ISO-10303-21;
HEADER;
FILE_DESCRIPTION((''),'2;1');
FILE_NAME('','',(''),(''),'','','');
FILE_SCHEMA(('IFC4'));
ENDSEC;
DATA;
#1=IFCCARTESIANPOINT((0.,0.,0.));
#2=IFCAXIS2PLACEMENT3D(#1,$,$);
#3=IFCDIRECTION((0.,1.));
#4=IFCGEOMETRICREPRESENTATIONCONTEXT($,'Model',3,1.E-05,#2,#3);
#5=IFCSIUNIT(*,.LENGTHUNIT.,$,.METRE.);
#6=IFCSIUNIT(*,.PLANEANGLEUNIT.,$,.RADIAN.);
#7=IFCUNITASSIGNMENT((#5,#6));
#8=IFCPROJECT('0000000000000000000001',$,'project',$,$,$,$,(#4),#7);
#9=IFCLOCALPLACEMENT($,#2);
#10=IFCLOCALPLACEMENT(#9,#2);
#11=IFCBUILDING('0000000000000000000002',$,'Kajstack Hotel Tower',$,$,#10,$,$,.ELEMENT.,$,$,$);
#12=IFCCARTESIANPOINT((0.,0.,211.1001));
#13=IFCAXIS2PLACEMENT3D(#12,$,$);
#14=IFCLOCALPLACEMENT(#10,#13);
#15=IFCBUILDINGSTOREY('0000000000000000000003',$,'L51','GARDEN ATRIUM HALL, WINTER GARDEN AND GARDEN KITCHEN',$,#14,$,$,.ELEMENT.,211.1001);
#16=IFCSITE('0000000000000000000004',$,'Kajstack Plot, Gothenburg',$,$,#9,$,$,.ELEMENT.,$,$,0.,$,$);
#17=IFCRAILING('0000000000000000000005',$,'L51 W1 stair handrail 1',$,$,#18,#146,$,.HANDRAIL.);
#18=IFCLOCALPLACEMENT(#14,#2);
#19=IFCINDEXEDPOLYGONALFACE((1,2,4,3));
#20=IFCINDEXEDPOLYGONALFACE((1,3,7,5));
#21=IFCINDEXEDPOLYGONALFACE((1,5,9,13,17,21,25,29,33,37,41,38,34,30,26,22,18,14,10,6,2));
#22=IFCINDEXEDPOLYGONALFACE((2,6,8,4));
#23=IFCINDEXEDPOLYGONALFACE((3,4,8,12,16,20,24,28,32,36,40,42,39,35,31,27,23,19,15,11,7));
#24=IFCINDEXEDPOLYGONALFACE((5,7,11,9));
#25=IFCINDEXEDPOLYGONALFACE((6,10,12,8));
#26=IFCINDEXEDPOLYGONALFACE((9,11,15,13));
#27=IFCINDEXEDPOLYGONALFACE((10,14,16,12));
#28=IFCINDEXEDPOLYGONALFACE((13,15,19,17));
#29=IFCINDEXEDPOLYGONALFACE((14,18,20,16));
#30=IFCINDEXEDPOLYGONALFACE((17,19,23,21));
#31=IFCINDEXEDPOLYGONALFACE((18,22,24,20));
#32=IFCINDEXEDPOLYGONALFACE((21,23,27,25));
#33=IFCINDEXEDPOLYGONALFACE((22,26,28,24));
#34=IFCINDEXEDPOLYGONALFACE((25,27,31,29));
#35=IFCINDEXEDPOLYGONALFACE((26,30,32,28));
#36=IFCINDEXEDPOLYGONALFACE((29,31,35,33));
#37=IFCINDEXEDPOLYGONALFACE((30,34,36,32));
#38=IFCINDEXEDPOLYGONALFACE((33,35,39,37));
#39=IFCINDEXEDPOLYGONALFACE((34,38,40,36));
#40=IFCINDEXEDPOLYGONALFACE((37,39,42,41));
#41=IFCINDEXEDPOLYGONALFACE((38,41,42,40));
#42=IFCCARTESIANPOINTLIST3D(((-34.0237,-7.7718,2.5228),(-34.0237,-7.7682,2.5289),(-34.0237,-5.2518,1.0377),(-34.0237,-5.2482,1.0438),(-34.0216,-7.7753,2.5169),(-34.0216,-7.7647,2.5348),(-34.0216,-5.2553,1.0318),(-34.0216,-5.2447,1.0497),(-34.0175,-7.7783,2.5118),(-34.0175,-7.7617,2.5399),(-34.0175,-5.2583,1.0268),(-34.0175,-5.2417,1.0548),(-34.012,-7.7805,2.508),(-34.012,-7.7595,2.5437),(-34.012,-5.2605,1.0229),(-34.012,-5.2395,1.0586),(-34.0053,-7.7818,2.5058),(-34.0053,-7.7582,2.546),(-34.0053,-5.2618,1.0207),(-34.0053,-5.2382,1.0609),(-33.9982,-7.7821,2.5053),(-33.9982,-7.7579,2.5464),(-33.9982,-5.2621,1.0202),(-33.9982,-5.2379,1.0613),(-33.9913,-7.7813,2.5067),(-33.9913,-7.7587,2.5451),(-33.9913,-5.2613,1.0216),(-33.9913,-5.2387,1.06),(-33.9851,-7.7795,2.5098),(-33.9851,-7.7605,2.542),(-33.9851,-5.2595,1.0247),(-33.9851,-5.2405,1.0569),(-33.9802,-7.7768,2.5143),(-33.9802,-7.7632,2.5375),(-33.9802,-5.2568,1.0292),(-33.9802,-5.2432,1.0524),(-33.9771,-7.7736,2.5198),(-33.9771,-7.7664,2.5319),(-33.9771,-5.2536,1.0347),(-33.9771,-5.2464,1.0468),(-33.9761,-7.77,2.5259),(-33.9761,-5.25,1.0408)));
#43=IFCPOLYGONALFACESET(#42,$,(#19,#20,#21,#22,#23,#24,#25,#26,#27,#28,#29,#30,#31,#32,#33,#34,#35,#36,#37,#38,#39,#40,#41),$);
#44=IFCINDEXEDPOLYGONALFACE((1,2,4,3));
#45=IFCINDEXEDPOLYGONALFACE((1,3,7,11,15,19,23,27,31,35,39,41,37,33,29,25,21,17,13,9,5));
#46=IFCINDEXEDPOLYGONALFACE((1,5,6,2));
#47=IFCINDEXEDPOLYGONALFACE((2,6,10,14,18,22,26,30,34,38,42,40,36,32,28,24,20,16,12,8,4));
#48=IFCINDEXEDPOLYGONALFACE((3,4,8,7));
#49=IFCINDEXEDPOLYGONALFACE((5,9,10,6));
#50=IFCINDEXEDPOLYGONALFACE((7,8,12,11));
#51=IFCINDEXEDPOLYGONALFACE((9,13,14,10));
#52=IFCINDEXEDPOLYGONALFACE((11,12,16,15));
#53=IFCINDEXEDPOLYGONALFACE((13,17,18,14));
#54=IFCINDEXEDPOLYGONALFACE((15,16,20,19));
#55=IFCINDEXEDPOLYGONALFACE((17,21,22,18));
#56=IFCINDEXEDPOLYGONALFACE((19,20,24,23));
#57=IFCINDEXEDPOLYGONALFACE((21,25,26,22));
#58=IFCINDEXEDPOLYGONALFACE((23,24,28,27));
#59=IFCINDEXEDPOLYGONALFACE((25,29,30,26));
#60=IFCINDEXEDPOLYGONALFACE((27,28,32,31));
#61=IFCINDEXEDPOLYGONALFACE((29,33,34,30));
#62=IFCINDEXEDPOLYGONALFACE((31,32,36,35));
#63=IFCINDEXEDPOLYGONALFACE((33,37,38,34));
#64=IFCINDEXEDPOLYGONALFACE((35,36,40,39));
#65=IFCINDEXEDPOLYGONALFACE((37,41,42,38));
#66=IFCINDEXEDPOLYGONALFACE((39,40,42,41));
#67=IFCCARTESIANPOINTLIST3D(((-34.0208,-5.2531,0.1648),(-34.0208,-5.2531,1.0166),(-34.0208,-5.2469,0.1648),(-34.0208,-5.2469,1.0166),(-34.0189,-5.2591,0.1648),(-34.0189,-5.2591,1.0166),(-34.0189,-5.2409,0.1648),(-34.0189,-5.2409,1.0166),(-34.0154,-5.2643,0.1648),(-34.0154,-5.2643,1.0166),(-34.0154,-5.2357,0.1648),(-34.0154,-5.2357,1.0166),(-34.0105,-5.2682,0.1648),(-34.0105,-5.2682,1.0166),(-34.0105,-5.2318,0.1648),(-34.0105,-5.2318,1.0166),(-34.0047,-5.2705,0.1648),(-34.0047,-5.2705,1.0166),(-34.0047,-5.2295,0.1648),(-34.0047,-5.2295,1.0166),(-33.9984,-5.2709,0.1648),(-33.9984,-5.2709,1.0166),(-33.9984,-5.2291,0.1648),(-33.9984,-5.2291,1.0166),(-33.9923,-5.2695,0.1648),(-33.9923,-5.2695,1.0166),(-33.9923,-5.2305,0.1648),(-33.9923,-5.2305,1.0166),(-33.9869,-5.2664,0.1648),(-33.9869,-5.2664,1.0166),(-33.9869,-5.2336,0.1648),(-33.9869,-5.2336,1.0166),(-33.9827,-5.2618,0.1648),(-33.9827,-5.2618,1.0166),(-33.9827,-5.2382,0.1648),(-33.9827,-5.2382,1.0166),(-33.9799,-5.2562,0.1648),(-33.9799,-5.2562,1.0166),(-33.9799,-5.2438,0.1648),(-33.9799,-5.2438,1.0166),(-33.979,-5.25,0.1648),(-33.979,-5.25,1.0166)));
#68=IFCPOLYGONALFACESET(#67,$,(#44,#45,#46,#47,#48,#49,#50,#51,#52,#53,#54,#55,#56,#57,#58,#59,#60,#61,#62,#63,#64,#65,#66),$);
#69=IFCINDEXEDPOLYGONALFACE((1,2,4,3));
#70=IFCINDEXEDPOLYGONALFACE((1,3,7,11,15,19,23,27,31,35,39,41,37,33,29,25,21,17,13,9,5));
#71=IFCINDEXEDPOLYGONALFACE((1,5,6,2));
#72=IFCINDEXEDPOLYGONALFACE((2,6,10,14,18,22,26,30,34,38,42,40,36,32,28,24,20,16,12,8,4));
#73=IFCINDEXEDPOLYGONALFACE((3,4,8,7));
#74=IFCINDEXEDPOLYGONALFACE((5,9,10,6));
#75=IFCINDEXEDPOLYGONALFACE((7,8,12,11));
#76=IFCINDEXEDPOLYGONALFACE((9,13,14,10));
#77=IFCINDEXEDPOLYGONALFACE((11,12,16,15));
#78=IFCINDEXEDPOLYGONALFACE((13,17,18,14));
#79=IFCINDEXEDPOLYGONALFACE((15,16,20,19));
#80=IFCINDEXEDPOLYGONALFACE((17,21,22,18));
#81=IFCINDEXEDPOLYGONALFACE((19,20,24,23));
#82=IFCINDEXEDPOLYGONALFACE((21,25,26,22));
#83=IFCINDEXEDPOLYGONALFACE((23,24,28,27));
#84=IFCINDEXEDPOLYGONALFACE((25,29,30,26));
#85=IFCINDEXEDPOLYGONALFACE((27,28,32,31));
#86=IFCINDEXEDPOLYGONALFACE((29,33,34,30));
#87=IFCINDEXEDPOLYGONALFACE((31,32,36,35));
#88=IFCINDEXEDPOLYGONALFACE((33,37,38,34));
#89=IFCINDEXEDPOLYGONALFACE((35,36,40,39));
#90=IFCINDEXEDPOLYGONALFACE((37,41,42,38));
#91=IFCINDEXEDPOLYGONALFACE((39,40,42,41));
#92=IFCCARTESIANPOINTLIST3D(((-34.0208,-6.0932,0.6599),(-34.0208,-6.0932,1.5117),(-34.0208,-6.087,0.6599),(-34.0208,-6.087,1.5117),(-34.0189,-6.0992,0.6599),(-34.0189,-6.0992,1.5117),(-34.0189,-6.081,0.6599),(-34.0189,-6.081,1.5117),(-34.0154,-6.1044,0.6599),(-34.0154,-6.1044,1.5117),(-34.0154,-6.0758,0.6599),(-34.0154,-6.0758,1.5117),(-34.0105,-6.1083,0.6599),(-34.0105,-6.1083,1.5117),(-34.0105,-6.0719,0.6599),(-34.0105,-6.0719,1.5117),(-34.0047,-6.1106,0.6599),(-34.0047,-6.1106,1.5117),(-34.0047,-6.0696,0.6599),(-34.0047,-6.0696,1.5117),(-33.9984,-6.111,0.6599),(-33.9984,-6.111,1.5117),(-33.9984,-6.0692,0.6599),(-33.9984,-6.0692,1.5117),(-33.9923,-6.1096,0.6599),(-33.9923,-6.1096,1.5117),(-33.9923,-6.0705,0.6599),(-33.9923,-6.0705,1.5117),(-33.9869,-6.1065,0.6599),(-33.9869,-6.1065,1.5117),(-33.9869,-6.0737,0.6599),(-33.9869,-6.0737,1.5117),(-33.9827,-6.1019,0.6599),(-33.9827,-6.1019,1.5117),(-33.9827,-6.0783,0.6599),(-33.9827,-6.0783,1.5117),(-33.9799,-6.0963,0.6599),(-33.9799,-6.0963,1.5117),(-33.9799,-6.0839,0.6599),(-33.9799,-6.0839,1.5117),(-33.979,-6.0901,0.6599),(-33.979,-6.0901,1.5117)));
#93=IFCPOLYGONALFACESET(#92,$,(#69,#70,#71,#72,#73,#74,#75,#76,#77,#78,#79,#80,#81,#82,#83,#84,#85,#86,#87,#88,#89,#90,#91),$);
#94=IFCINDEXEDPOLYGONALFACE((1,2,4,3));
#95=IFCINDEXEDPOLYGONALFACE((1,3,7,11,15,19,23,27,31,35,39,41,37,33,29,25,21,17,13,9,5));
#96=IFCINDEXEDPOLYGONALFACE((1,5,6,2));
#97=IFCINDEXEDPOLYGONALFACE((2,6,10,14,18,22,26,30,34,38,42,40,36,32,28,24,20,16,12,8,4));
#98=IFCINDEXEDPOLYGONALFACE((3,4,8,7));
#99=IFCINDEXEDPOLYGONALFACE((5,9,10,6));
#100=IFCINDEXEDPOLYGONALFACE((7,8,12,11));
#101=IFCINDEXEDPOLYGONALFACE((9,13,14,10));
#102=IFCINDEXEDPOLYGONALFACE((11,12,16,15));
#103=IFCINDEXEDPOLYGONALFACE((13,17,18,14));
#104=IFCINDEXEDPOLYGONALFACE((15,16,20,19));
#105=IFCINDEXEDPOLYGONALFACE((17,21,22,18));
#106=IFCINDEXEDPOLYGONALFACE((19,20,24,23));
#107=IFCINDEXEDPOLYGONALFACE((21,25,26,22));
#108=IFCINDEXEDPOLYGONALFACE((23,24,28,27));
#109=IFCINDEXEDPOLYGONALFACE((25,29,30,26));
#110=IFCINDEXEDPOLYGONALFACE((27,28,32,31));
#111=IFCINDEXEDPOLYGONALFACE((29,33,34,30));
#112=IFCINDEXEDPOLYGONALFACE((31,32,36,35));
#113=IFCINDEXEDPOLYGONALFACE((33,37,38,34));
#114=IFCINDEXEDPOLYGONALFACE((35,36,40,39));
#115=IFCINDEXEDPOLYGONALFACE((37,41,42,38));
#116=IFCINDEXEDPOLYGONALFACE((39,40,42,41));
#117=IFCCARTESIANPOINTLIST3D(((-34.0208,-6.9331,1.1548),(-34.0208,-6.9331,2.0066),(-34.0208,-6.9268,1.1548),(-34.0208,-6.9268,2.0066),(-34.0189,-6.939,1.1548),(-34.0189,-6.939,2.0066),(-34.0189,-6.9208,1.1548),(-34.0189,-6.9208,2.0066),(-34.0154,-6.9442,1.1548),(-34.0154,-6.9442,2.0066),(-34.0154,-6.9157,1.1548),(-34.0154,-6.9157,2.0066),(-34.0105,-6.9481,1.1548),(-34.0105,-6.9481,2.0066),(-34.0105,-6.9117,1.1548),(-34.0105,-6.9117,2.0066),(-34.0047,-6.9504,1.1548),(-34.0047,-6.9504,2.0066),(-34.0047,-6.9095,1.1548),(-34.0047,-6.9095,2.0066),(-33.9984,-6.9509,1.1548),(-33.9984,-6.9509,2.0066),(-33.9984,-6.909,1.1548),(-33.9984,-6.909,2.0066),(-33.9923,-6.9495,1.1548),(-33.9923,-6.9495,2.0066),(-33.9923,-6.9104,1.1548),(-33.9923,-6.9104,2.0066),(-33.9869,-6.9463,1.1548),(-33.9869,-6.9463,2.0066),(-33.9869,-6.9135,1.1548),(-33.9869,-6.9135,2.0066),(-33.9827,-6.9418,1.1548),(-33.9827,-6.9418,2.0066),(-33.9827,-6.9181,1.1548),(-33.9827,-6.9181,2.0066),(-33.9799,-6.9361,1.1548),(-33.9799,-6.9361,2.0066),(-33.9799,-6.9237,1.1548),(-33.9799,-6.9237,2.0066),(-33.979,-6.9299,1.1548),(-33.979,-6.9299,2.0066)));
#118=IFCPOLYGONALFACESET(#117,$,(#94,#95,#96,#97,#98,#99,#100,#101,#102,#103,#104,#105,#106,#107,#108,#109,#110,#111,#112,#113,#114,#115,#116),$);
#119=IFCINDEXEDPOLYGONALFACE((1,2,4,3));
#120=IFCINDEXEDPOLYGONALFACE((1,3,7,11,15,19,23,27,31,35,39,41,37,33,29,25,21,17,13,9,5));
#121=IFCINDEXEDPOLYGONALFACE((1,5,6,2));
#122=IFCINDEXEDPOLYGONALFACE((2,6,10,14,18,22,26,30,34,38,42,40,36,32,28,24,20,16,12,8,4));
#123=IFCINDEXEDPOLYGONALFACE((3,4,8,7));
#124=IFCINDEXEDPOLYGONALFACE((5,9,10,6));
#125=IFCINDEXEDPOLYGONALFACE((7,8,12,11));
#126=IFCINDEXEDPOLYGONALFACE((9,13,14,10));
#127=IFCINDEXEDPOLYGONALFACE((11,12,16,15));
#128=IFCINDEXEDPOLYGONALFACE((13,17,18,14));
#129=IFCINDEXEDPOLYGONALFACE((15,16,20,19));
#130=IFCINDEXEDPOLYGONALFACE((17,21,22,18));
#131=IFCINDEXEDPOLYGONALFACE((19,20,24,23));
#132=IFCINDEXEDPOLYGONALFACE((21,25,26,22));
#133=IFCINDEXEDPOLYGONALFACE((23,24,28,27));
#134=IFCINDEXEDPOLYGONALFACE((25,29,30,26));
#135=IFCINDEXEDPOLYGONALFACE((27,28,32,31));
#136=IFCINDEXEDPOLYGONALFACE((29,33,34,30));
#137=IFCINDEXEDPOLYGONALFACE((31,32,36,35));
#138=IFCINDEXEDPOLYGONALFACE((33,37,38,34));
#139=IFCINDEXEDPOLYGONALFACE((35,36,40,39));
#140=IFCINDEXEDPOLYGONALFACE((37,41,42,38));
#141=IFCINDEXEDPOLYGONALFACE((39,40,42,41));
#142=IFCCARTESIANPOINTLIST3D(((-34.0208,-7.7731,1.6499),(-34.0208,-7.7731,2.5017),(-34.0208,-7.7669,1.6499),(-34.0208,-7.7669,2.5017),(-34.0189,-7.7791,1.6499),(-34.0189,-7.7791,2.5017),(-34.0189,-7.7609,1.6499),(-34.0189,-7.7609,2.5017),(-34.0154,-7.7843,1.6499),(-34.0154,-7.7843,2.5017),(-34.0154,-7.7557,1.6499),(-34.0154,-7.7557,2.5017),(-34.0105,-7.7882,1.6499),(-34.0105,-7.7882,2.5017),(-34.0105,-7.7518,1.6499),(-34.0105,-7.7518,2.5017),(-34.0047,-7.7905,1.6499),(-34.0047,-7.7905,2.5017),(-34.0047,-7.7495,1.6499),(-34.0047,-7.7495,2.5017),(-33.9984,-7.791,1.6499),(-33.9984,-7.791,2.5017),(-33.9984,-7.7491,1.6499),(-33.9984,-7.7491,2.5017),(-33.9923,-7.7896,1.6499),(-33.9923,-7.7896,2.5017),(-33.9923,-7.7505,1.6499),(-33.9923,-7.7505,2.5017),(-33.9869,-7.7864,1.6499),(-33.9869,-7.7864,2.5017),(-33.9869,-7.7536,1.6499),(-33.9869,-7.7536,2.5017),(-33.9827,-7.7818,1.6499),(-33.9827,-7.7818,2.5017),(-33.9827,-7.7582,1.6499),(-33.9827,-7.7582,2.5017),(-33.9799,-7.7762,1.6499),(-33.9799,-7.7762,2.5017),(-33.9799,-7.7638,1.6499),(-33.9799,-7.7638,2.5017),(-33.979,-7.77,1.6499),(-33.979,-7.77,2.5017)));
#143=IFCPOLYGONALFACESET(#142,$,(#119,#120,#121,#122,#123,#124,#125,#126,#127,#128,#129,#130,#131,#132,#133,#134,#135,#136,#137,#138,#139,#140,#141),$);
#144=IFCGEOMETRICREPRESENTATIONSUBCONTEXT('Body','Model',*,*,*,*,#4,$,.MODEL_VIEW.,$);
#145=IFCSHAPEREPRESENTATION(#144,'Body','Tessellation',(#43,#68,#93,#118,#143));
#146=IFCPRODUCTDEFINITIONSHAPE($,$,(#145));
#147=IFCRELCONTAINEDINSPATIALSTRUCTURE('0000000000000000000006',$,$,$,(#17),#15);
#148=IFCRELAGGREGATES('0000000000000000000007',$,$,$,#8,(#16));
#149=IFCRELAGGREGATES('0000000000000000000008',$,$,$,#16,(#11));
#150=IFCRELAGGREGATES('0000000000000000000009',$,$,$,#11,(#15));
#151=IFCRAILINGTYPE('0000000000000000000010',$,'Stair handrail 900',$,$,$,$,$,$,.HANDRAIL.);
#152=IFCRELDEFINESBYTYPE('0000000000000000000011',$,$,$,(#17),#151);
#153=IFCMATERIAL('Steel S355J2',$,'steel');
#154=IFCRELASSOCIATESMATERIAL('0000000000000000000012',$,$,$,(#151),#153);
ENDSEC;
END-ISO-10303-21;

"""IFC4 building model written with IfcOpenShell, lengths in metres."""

from ifc_helpers import new_model, si_unit, direction, frame, origin, origin_2d, place, context, subcontext, project, spatial, circle, extrude, material, type_object, element, save


model = new_model("IFC4")

# Units and contexts
model_context = context("Model", 3, precision=1e-05, world=origin(), true_north=direction((0.0, 1.0)))
body_context = subcontext(model_context, "Body", "Model", "MODEL_VIEW")
ifc_project = project(units=[si_unit("LENGTHUNIT", "METRE"), si_unit("PLANEANGLEUNIT", "RADIAN")], contexts=[model_context])

# Site, building, storey
site_placement = place(None, origin())
site = spatial("IfcSite", under=ifc_project, at=site_placement, Name="Kajstack Plot, Gothenburg", CompositionType="ELEMENT", RefElevation=0.0)
building_placement = place(site_placement, origin())
building = spatial("IfcBuilding", under=site, at=building_placement, Name="Kajstack Hotel Tower", CompositionType="ELEMENT")
storey_placement = place(building_placement, frame((0.0, 0.0, 211.1001)))
storey = spatial("IfcBuildingStorey", under=building, at=storey_placement, Name="L51", Description="GARDEN ATRIUM HALL, WINTER GARDEN AND GARDEN KITCHEN", CompositionType="ELEMENT", Elevation=211.1001)

# Railing
ifc_material_1 = material(Name="Steel S355J2", Category="steel")
railing_type_1 = type_object("IfcRailingType", Name="Stair handrail 900", PredefinedType="HANDRAIL", material=ifc_material_1)
for number, where, name in (
    (1, (-34.0, -5.25, 0.1648), "L51 W1 stair handrail 1"),
):
    element("IfcRailing", number, at=place(storey_placement, frame(where)), inside=storey, type_object=railing_type_1, Name=name, PredefinedType="HANDRAIL", context=body_context, shape_type="SweptSolid", body=[
        extrude(circle(Radius=0.0239, at=origin_2d()), frame((0.0, 0.0, 0.876), z_axis=(0.0, -0.861524, 0.507717), x_axis=(1.0, 0.0, 0.0)), (0.0, 0.0, 1.0), 2.925),
        extrude(circle(Radius=0.021, at=origin_2d()), origin(), (0.0, 0.0, 1.0), 0.8518),
        extrude(circle(Radius=0.021, at=origin_2d()), frame((0.0, -0.8401, 0.4951)), (0.0, 0.0, 1.0), 0.8518),
        extrude(circle(Radius=0.021, at=origin_2d()), frame((0.0, -1.6799, 0.99)), (0.0, 0.0, 1.0), 0.8518),
        extrude(circle(Radius=0.021, at=origin_2d()), frame((0.0, -2.52, 1.4851)), (0.0, 0.0, 1.0), 0.8518),
    ])

save(model, "model.ifc")
